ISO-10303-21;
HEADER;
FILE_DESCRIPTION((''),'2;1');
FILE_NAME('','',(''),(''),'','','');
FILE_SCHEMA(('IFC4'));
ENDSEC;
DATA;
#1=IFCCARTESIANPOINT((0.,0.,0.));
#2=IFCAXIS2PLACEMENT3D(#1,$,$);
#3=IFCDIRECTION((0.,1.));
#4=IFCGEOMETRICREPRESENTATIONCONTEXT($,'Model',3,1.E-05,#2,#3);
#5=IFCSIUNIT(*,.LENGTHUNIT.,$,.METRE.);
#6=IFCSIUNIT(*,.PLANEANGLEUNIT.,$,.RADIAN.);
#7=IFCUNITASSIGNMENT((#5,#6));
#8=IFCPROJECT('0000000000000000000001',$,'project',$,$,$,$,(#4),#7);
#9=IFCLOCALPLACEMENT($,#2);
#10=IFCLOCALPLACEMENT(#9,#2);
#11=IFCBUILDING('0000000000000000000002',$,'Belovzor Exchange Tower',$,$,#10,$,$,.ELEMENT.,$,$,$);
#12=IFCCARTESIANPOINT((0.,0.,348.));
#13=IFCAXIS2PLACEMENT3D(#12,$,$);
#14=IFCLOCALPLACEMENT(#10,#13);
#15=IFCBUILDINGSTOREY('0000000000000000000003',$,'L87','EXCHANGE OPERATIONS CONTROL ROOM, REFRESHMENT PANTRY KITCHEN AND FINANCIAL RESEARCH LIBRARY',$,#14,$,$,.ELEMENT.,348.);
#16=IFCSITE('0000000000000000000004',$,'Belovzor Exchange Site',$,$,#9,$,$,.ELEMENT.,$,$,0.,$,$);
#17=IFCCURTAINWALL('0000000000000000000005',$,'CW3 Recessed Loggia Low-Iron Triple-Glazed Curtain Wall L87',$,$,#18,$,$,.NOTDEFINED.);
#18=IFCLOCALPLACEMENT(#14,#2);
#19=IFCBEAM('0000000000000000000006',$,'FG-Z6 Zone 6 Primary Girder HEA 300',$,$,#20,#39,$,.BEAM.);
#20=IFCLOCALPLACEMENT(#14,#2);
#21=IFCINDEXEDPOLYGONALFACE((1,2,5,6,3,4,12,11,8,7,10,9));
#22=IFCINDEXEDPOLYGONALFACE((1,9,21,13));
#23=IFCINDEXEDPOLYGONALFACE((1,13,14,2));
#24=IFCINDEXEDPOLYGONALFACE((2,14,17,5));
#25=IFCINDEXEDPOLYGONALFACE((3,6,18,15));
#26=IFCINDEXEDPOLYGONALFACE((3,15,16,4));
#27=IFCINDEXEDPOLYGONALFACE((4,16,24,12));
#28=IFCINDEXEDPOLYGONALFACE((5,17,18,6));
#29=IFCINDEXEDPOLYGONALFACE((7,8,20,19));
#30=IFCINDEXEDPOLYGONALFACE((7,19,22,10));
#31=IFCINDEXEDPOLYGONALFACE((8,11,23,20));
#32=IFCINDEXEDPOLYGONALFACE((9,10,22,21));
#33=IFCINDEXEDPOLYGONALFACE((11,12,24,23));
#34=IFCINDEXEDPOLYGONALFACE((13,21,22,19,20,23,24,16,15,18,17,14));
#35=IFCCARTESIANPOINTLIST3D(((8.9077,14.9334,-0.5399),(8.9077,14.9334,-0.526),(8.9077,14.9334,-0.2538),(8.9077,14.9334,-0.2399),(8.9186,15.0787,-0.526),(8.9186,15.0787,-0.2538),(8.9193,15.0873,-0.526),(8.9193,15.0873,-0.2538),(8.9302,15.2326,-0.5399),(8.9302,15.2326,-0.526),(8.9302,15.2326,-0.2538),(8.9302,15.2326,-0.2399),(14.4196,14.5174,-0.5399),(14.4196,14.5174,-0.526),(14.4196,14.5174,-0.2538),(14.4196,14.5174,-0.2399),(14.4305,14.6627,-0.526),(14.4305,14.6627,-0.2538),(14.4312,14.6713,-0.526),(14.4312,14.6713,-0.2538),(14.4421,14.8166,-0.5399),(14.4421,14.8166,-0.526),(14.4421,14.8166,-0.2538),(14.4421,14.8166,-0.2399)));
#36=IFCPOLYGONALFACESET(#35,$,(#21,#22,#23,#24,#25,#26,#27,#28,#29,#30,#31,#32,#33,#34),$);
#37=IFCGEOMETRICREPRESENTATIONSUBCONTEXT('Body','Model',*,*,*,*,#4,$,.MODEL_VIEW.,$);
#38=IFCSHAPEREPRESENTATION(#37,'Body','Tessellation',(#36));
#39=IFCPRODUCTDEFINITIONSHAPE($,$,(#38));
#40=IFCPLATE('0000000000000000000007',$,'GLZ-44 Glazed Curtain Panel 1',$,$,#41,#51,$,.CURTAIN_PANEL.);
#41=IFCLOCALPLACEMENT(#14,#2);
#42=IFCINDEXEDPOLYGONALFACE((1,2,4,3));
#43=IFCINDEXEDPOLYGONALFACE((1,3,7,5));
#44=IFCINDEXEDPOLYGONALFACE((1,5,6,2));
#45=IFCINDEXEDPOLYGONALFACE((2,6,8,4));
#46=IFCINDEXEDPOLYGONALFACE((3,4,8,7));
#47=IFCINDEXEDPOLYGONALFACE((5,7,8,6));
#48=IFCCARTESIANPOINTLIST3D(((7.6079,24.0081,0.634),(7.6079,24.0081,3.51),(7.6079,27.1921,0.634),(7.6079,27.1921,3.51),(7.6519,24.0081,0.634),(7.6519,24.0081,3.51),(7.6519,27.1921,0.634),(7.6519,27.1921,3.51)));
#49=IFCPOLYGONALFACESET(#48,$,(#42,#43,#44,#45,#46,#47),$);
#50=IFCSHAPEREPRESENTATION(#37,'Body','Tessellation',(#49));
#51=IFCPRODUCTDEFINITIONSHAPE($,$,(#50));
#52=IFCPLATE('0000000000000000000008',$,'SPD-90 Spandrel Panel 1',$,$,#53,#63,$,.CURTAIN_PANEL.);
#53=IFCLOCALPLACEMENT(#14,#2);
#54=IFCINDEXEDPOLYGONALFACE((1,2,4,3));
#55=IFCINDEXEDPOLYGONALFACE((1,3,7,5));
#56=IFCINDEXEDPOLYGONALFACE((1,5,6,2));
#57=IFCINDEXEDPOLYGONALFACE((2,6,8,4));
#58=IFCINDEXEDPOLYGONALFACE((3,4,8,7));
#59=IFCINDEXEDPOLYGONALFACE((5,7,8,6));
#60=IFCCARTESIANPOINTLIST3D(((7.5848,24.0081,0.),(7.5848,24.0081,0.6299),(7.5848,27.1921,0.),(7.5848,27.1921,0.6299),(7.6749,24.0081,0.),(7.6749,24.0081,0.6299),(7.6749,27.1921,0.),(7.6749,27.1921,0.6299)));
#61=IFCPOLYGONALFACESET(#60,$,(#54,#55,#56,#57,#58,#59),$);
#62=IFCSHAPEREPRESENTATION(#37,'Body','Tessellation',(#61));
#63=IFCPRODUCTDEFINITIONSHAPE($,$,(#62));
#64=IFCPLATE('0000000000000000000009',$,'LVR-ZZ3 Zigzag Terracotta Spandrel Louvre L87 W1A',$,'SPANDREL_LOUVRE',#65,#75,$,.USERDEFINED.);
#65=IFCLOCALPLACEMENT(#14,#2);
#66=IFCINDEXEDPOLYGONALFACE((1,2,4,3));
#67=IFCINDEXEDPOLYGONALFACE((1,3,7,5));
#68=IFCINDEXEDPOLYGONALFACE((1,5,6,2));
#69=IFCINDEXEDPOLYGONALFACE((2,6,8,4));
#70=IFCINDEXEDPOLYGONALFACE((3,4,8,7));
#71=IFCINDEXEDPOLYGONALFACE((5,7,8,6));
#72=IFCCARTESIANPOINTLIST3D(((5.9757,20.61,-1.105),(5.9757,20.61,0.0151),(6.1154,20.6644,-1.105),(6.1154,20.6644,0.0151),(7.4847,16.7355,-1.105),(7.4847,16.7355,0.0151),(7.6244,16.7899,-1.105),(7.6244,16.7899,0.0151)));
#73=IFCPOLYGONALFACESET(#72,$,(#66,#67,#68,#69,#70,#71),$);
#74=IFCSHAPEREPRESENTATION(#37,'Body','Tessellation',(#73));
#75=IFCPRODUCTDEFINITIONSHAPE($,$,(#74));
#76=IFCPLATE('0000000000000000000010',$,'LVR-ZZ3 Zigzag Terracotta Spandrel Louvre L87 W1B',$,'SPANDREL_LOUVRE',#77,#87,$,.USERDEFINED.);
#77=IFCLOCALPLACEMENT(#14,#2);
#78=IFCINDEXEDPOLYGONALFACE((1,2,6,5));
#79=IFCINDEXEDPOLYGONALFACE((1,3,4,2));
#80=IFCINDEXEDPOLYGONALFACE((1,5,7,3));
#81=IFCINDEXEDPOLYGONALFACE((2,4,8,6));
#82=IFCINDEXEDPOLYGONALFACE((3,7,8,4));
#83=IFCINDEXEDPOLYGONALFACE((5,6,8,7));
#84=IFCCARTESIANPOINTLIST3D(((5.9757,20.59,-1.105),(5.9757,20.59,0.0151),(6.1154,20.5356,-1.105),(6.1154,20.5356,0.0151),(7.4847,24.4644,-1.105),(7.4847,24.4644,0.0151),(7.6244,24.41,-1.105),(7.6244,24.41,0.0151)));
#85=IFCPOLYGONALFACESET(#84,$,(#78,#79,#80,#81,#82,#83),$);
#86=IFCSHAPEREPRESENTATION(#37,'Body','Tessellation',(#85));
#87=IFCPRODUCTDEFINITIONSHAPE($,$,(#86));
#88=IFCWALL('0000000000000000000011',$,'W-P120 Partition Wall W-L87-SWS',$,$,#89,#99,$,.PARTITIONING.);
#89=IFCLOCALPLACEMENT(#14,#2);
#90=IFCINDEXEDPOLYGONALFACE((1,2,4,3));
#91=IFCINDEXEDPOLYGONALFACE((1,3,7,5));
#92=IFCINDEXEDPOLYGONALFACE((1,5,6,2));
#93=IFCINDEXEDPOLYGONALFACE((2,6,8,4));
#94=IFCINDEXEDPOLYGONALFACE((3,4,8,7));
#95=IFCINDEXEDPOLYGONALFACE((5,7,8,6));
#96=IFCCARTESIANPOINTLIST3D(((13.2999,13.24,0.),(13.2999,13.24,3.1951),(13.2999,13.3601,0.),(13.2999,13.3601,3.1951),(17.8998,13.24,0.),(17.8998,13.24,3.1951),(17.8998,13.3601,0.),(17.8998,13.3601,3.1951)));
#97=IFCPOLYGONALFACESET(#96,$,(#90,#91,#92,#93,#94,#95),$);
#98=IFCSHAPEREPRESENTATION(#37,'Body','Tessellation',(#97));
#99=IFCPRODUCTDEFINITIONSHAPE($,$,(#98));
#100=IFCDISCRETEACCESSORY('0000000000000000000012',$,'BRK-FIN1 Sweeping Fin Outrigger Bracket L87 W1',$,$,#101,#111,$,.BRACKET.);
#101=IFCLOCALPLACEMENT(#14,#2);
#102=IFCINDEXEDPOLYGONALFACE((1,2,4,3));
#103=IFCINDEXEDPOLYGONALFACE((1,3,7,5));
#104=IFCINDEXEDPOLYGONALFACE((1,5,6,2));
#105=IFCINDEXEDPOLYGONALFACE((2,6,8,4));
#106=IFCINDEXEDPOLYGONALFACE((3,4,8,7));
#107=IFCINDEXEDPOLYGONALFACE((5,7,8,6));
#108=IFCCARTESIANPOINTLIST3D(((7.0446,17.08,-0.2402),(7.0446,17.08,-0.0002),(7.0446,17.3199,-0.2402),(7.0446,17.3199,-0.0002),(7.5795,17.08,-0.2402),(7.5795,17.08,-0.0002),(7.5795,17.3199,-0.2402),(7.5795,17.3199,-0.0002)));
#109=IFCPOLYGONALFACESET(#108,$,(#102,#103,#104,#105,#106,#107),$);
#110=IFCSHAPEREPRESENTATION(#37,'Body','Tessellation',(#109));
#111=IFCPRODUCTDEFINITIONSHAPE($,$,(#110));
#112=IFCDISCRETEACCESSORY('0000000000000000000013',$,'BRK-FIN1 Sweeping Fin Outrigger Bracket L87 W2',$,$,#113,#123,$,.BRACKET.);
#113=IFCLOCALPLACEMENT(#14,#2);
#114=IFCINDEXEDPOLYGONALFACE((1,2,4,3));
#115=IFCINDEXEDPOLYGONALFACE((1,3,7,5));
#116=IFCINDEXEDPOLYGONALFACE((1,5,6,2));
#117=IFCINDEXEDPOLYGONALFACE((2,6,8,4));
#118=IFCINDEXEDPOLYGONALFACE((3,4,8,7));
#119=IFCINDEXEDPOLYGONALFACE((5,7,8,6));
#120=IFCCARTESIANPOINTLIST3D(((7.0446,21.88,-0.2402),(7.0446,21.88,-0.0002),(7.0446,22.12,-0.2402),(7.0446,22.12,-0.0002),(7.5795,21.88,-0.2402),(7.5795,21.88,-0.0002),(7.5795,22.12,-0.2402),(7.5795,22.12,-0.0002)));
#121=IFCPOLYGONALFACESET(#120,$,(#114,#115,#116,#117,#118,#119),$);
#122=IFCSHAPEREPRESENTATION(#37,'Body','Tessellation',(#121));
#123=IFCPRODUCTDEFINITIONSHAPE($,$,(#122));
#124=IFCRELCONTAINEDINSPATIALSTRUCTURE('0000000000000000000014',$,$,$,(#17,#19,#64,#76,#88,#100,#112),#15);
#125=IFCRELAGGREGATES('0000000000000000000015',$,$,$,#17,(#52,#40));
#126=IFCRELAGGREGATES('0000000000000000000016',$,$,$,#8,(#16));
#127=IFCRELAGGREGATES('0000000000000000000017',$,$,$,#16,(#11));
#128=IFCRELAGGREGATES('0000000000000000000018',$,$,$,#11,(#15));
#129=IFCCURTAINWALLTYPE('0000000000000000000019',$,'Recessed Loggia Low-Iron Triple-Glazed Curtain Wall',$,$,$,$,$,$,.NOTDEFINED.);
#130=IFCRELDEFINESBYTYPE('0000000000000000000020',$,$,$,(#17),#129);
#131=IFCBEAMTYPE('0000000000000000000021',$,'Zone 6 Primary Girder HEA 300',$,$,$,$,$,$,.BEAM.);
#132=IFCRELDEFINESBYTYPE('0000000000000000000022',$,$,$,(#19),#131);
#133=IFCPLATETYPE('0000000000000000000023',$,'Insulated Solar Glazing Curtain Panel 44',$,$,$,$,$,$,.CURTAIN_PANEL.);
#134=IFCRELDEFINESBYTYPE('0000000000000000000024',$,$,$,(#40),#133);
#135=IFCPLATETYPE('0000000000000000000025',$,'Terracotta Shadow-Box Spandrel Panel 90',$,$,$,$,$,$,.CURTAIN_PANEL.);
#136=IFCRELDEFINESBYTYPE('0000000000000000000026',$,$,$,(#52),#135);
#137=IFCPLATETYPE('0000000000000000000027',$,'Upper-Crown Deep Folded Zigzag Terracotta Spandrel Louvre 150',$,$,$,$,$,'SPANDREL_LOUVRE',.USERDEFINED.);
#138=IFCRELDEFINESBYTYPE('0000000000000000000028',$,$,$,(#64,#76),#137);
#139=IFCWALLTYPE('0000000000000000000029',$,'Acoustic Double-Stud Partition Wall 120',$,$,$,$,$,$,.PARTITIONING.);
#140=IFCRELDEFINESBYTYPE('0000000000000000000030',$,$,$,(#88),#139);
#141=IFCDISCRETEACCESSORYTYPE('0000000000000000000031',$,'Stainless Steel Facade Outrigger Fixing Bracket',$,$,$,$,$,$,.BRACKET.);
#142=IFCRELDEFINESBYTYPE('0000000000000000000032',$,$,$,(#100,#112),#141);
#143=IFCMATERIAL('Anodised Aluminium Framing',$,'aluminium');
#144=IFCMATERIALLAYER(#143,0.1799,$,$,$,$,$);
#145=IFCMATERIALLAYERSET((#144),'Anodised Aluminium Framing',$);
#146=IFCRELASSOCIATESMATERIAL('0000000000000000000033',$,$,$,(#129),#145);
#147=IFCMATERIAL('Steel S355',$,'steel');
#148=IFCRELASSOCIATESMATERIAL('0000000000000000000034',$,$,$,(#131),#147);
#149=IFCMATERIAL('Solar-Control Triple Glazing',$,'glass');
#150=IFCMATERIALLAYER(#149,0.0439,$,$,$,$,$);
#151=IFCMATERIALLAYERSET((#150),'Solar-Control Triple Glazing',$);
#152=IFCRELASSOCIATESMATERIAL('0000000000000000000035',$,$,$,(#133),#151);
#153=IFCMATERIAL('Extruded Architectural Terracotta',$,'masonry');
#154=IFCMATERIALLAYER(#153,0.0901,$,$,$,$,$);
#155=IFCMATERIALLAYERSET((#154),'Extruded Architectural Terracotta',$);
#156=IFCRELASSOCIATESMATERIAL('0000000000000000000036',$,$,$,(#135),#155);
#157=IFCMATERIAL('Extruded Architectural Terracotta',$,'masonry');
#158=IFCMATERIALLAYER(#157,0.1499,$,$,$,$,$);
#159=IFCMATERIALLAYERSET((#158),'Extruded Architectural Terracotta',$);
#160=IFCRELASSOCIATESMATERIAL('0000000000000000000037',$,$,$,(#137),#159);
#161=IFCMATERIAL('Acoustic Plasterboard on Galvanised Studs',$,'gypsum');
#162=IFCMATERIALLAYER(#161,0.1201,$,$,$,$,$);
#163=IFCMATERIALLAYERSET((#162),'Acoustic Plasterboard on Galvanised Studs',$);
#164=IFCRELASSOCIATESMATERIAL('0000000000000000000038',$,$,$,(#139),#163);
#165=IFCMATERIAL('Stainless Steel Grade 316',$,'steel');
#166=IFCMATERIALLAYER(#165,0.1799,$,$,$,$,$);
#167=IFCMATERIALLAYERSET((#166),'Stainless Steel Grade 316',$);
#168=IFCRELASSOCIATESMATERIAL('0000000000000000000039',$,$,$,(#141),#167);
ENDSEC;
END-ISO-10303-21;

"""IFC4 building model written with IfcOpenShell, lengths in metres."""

from ifc_helpers import new_model, si_unit, direction, frame, frame_2d, origin, origin_2d, place, context, subcontext, project, spatial, rectangle, i_section, extrude, material, layer, layer_set, material_profile, profile_set, type_object, element, aggregate, save


model = new_model("IFC4")

# Units and contexts
model_context = context("Model", 3, precision=1e-05, world=origin(), true_north=direction((0.0, 1.0)))
body_context = subcontext(model_context, "Body", "Model", "MODEL_VIEW")
ifc_project = project(units=[si_unit("LENGTHUNIT", "METRE"), si_unit("PLANEANGLEUNIT", "RADIAN")], contexts=[model_context])

# Site, building, storey
site_placement = place(None, origin())
site = spatial("IfcSite", under=ifc_project, at=site_placement, Name="Belovzor Exchange Site", CompositionType="ELEMENT", RefElevation=0.0)
building_placement = place(site_placement, origin())
building = spatial("IfcBuilding", under=site, at=building_placement, Name="Belovzor Exchange Tower", CompositionType="ELEMENT")
storey_placement = place(building_placement, frame((0.0, 0.0, 348.0)))
storey = spatial("IfcBuildingStorey", under=building, at=storey_placement, Name="L87", Description="EXCHANGE OPERATIONS CONTROL ROOM, REFRESHMENT PANTRY KITCHEN AND FINANCIAL RESEARCH LIBRARY", CompositionType="ELEMENT", Elevation=348.0)

# Curtain wall
ifc_material_1 = material(Name="Anodised Aluminium Framing", Category="aluminium")
ifc_layer_1 = layer(ifc_material_1, 0.1799)
ifc_layer_set_1 = layer_set([ifc_layer_1], Name="Anodised Aluminium Framing")
curtain_wall_type = type_object("IfcCurtainWallType", Name="Recessed Loggia Low-Iron Triple-Glazed Curtain Wall", PredefinedType="NOTDEFINED", material=ifc_layer_set_1)
curtain_wall_placement = place(storey_placement, origin())
curtain_wall = element("IfcCurtainWall", 1, at=curtain_wall_placement, inside=storey, type_object=curtain_wall_type, Name="CW3 Recessed Loggia Low-Iron Triple-Glazed Curtain Wall L87", PredefinedType="NOTDEFINED")

# Beam
ifc_material_2 = material(Name="Steel S355", Category="steel")
ifc_material_profile_1 = material_profile(ifc_material_2, i_section(OverallWidth=0.3, OverallDepth=0.3, WebThickness=0.0085, FlangeThickness=0.0139, at=origin_2d()))
ifc_profile_set_1 = profile_set([ifc_material_profile_1], Name="Steel S355")
beam_type_1 = type_object("IfcBeamType", Name="Zone 6 Primary Girder HEA 300", PredefinedType="BEAM", material=ifc_profile_set_1)
for number, where, z_axis, x_axis, name in (
    (2, (8.9189, 15.083, -0.3899), (0.997164, -0.075261, 0.0), (0.075261, 0.997164, 0.0), "FG-Z6 Zone 6 Primary Girder HEA 300"),
):
    element("IfcBeam", number, at=place(storey_placement, frame(where, z_axis=z_axis, x_axis=x_axis)), inside=storey, type_object=beam_type_1, Name=name, PredefinedType="BEAM", context=body_context, shape_type="SweptSolid", body=[
        extrude(i_section(OverallWidth=0.3, OverallDepth=0.3, WebThickness=0.0085, FlangeThickness=0.0139, at=origin_2d()), origin(), (0.0, 0.0, 1.0), 5.5276),
    ])

# Plates
ifc_material_3 = material(Name="Solar-Control Triple Glazing", Category="glass")
ifc_layer_2 = layer(ifc_material_3, 0.0439)
ifc_layer_set_2 = layer_set([ifc_layer_2], Name="Solar-Control Triple Glazing")
plate_type_1 = type_object("IfcPlateType", Name="Insulated Solar Glazing Curtain Panel 44", PredefinedType="CURTAIN_PANEL", material=ifc_layer_set_2)
plate_1_placement = place(storey_placement, frame((7.6299, 25.6001, 0.634), z_axis=(0.0, 0.0, 1.0), x_axis=(0.0, 1.0, 0.0)))
plate_1 = element("IfcPlate", 3, at=plate_1_placement, type_object=plate_type_1, Name="GLZ-44 Glazed Curtain Panel 1", PredefinedType="CURTAIN_PANEL", context=body_context, shape_type="SweptSolid", body=[
    extrude(rectangle(XDim=3.1841, YDim=0.0439, at=origin_2d()), origin(), (0.0, 0.0, 1.0), 2.876),
])
ifc_material_4 = material(Name="Extruded Architectural Terracotta", Category="masonry")
ifc_layer_3 = layer(ifc_material_4, 0.0901)
ifc_layer_set_3 = layer_set([ifc_layer_3], Name="Extruded Architectural Terracotta")
plate_type_2 = type_object("IfcPlateType", Name="Terracotta Shadow-Box Spandrel Panel 90", PredefinedType="CURTAIN_PANEL", material=ifc_layer_set_3)
plate_2_placement = place(storey_placement, frame((7.6299, 25.6001, 0.0), z_axis=(0.0, 0.0, 1.0), x_axis=(0.0, 1.0, 0.0)))
plate_2 = element("IfcPlate", 4, at=plate_2_placement, type_object=plate_type_2, Name="SPD-90 Spandrel Panel 1", PredefinedType="CURTAIN_PANEL", context=body_context, shape_type="SweptSolid", body=[
    extrude(rectangle(XDim=3.1841, YDim=0.0901, at=origin_2d()), origin(), (0.0, 0.0, 1.0), 0.6299),
])
aggregate(curtain_wall, [plate_2, plate_1])

# Plates
ifc_material_5 = material(Name="Extruded Architectural Terracotta", Category="masonry")
ifc_layer_4 = layer(ifc_material_5, 0.1499)
ifc_layer_set_4 = layer_set([ifc_layer_4], Name="Extruded Architectural Terracotta")
plate_type_3 = type_object("IfcPlateType", Name="Upper-Crown Deep Folded Zigzag Terracotta Spandrel Louvre 150", ElementType="SPANDREL_LOUVRE", PredefinedType="USERDEFINED", material=ifc_layer_set_4)
for number, where, z_axis, x_axis, name in (
    (5, (6.8, 18.7, -1.105), (0.0, 0.0, 1.0), (-0.362926, 0.931818, 0.0), "LVR-ZZ3 Zigzag Terracotta Spandrel Louvre L87 W1A"),
    (6, (6.8, 22.5, -1.105), (0.0, 0.0, 1.0), (0.362926, 0.931818, 0.0), "LVR-ZZ3 Zigzag Terracotta Spandrel Louvre L87 W1B"),
):
    element("IfcPlate", number, at=place(storey_placement, frame(where, z_axis=z_axis, x_axis=x_axis)), inside=storey, type_object=plate_type_3, Name=name, ObjectType="SPANDREL_LOUVRE", PredefinedType="USERDEFINED", context=body_context, shape_type="SweptSolid", body=[
        extrude(rectangle(XDim=4.158, YDim=0.1499, at=origin_2d()), origin(), (0.0, 0.0, 1.0), 1.1201),
    ])

# Wall
ifc_material_6 = material(Name="Acoustic Plasterboard on Galvanised Studs", Category="gypsum")
ifc_layer_5 = layer(ifc_material_6, 0.1201)
ifc_layer_set_5 = layer_set([ifc_layer_5], Name="Acoustic Plasterboard on Galvanised Studs")
wall_type = type_object("IfcWallType", Name="Acoustic Double-Stud Partition Wall 120", PredefinedType="PARTITIONING", material=ifc_layer_set_5)
wall_placement = place(storey_placement, frame((13.3, 13.3, 0.0), z_axis=(0.0, 0.0, 1.0), x_axis=(1.0, 0.0, 0.0)))
element("IfcWall", 7, at=wall_placement, inside=storey, type_object=wall_type, Name="W-P120 Partition Wall W-L87-SWS", PredefinedType="PARTITIONING", context=body_context, shape_type="SweptSolid", body=[
    extrude(rectangle(XDim=4.5999, YDim=0.1201, at=frame_2d((2.2998, 0.0))), origin(), (0.0, 0.0, 1.0), 3.1951),
])

# Discrete accessories
ifc_material_7 = material(Name="Stainless Steel Grade 316", Category="steel")
ifc_layer_6 = layer(ifc_material_7, 0.1799)
ifc_layer_set_6 = layer_set([ifc_layer_6], Name="Stainless Steel Grade 316")
discrete_accessory_type = type_object("IfcDiscreteAccessoryType", Name="Stainless Steel Facade Outrigger Fixing Bracket", PredefinedType="BRACKET", material=ifc_layer_set_6)
for number, where, z_axis, x_axis, name in (
    (8, (7.312, 17.2, -0.2402), (0.0, 0.0, 1.0), (1.0, 0.0, 0.0), "BRK-FIN1 Sweeping Fin Outrigger Bracket L87 W1"),
    (9, (7.312, 22.0, -0.2402), (0.0, 0.0, 1.0), (1.0, 0.0, 0.0), "BRK-FIN1 Sweeping Fin Outrigger Bracket L87 W2"),
):
    element("IfcDiscreteAccessory", number, at=place(storey_placement, frame(where, z_axis=z_axis, x_axis=x_axis)), inside=storey, type_object=discrete_accessory_type, Name=name, PredefinedType="BRACKET", context=body_context, shape_type="SweptSolid", body=[
        extrude(rectangle(XDim=0.5349, YDim=0.24, at=origin_2d()), origin(), (0.0, 0.0, 1.0), 0.24),
    ])

save(model, "model.ifc")
